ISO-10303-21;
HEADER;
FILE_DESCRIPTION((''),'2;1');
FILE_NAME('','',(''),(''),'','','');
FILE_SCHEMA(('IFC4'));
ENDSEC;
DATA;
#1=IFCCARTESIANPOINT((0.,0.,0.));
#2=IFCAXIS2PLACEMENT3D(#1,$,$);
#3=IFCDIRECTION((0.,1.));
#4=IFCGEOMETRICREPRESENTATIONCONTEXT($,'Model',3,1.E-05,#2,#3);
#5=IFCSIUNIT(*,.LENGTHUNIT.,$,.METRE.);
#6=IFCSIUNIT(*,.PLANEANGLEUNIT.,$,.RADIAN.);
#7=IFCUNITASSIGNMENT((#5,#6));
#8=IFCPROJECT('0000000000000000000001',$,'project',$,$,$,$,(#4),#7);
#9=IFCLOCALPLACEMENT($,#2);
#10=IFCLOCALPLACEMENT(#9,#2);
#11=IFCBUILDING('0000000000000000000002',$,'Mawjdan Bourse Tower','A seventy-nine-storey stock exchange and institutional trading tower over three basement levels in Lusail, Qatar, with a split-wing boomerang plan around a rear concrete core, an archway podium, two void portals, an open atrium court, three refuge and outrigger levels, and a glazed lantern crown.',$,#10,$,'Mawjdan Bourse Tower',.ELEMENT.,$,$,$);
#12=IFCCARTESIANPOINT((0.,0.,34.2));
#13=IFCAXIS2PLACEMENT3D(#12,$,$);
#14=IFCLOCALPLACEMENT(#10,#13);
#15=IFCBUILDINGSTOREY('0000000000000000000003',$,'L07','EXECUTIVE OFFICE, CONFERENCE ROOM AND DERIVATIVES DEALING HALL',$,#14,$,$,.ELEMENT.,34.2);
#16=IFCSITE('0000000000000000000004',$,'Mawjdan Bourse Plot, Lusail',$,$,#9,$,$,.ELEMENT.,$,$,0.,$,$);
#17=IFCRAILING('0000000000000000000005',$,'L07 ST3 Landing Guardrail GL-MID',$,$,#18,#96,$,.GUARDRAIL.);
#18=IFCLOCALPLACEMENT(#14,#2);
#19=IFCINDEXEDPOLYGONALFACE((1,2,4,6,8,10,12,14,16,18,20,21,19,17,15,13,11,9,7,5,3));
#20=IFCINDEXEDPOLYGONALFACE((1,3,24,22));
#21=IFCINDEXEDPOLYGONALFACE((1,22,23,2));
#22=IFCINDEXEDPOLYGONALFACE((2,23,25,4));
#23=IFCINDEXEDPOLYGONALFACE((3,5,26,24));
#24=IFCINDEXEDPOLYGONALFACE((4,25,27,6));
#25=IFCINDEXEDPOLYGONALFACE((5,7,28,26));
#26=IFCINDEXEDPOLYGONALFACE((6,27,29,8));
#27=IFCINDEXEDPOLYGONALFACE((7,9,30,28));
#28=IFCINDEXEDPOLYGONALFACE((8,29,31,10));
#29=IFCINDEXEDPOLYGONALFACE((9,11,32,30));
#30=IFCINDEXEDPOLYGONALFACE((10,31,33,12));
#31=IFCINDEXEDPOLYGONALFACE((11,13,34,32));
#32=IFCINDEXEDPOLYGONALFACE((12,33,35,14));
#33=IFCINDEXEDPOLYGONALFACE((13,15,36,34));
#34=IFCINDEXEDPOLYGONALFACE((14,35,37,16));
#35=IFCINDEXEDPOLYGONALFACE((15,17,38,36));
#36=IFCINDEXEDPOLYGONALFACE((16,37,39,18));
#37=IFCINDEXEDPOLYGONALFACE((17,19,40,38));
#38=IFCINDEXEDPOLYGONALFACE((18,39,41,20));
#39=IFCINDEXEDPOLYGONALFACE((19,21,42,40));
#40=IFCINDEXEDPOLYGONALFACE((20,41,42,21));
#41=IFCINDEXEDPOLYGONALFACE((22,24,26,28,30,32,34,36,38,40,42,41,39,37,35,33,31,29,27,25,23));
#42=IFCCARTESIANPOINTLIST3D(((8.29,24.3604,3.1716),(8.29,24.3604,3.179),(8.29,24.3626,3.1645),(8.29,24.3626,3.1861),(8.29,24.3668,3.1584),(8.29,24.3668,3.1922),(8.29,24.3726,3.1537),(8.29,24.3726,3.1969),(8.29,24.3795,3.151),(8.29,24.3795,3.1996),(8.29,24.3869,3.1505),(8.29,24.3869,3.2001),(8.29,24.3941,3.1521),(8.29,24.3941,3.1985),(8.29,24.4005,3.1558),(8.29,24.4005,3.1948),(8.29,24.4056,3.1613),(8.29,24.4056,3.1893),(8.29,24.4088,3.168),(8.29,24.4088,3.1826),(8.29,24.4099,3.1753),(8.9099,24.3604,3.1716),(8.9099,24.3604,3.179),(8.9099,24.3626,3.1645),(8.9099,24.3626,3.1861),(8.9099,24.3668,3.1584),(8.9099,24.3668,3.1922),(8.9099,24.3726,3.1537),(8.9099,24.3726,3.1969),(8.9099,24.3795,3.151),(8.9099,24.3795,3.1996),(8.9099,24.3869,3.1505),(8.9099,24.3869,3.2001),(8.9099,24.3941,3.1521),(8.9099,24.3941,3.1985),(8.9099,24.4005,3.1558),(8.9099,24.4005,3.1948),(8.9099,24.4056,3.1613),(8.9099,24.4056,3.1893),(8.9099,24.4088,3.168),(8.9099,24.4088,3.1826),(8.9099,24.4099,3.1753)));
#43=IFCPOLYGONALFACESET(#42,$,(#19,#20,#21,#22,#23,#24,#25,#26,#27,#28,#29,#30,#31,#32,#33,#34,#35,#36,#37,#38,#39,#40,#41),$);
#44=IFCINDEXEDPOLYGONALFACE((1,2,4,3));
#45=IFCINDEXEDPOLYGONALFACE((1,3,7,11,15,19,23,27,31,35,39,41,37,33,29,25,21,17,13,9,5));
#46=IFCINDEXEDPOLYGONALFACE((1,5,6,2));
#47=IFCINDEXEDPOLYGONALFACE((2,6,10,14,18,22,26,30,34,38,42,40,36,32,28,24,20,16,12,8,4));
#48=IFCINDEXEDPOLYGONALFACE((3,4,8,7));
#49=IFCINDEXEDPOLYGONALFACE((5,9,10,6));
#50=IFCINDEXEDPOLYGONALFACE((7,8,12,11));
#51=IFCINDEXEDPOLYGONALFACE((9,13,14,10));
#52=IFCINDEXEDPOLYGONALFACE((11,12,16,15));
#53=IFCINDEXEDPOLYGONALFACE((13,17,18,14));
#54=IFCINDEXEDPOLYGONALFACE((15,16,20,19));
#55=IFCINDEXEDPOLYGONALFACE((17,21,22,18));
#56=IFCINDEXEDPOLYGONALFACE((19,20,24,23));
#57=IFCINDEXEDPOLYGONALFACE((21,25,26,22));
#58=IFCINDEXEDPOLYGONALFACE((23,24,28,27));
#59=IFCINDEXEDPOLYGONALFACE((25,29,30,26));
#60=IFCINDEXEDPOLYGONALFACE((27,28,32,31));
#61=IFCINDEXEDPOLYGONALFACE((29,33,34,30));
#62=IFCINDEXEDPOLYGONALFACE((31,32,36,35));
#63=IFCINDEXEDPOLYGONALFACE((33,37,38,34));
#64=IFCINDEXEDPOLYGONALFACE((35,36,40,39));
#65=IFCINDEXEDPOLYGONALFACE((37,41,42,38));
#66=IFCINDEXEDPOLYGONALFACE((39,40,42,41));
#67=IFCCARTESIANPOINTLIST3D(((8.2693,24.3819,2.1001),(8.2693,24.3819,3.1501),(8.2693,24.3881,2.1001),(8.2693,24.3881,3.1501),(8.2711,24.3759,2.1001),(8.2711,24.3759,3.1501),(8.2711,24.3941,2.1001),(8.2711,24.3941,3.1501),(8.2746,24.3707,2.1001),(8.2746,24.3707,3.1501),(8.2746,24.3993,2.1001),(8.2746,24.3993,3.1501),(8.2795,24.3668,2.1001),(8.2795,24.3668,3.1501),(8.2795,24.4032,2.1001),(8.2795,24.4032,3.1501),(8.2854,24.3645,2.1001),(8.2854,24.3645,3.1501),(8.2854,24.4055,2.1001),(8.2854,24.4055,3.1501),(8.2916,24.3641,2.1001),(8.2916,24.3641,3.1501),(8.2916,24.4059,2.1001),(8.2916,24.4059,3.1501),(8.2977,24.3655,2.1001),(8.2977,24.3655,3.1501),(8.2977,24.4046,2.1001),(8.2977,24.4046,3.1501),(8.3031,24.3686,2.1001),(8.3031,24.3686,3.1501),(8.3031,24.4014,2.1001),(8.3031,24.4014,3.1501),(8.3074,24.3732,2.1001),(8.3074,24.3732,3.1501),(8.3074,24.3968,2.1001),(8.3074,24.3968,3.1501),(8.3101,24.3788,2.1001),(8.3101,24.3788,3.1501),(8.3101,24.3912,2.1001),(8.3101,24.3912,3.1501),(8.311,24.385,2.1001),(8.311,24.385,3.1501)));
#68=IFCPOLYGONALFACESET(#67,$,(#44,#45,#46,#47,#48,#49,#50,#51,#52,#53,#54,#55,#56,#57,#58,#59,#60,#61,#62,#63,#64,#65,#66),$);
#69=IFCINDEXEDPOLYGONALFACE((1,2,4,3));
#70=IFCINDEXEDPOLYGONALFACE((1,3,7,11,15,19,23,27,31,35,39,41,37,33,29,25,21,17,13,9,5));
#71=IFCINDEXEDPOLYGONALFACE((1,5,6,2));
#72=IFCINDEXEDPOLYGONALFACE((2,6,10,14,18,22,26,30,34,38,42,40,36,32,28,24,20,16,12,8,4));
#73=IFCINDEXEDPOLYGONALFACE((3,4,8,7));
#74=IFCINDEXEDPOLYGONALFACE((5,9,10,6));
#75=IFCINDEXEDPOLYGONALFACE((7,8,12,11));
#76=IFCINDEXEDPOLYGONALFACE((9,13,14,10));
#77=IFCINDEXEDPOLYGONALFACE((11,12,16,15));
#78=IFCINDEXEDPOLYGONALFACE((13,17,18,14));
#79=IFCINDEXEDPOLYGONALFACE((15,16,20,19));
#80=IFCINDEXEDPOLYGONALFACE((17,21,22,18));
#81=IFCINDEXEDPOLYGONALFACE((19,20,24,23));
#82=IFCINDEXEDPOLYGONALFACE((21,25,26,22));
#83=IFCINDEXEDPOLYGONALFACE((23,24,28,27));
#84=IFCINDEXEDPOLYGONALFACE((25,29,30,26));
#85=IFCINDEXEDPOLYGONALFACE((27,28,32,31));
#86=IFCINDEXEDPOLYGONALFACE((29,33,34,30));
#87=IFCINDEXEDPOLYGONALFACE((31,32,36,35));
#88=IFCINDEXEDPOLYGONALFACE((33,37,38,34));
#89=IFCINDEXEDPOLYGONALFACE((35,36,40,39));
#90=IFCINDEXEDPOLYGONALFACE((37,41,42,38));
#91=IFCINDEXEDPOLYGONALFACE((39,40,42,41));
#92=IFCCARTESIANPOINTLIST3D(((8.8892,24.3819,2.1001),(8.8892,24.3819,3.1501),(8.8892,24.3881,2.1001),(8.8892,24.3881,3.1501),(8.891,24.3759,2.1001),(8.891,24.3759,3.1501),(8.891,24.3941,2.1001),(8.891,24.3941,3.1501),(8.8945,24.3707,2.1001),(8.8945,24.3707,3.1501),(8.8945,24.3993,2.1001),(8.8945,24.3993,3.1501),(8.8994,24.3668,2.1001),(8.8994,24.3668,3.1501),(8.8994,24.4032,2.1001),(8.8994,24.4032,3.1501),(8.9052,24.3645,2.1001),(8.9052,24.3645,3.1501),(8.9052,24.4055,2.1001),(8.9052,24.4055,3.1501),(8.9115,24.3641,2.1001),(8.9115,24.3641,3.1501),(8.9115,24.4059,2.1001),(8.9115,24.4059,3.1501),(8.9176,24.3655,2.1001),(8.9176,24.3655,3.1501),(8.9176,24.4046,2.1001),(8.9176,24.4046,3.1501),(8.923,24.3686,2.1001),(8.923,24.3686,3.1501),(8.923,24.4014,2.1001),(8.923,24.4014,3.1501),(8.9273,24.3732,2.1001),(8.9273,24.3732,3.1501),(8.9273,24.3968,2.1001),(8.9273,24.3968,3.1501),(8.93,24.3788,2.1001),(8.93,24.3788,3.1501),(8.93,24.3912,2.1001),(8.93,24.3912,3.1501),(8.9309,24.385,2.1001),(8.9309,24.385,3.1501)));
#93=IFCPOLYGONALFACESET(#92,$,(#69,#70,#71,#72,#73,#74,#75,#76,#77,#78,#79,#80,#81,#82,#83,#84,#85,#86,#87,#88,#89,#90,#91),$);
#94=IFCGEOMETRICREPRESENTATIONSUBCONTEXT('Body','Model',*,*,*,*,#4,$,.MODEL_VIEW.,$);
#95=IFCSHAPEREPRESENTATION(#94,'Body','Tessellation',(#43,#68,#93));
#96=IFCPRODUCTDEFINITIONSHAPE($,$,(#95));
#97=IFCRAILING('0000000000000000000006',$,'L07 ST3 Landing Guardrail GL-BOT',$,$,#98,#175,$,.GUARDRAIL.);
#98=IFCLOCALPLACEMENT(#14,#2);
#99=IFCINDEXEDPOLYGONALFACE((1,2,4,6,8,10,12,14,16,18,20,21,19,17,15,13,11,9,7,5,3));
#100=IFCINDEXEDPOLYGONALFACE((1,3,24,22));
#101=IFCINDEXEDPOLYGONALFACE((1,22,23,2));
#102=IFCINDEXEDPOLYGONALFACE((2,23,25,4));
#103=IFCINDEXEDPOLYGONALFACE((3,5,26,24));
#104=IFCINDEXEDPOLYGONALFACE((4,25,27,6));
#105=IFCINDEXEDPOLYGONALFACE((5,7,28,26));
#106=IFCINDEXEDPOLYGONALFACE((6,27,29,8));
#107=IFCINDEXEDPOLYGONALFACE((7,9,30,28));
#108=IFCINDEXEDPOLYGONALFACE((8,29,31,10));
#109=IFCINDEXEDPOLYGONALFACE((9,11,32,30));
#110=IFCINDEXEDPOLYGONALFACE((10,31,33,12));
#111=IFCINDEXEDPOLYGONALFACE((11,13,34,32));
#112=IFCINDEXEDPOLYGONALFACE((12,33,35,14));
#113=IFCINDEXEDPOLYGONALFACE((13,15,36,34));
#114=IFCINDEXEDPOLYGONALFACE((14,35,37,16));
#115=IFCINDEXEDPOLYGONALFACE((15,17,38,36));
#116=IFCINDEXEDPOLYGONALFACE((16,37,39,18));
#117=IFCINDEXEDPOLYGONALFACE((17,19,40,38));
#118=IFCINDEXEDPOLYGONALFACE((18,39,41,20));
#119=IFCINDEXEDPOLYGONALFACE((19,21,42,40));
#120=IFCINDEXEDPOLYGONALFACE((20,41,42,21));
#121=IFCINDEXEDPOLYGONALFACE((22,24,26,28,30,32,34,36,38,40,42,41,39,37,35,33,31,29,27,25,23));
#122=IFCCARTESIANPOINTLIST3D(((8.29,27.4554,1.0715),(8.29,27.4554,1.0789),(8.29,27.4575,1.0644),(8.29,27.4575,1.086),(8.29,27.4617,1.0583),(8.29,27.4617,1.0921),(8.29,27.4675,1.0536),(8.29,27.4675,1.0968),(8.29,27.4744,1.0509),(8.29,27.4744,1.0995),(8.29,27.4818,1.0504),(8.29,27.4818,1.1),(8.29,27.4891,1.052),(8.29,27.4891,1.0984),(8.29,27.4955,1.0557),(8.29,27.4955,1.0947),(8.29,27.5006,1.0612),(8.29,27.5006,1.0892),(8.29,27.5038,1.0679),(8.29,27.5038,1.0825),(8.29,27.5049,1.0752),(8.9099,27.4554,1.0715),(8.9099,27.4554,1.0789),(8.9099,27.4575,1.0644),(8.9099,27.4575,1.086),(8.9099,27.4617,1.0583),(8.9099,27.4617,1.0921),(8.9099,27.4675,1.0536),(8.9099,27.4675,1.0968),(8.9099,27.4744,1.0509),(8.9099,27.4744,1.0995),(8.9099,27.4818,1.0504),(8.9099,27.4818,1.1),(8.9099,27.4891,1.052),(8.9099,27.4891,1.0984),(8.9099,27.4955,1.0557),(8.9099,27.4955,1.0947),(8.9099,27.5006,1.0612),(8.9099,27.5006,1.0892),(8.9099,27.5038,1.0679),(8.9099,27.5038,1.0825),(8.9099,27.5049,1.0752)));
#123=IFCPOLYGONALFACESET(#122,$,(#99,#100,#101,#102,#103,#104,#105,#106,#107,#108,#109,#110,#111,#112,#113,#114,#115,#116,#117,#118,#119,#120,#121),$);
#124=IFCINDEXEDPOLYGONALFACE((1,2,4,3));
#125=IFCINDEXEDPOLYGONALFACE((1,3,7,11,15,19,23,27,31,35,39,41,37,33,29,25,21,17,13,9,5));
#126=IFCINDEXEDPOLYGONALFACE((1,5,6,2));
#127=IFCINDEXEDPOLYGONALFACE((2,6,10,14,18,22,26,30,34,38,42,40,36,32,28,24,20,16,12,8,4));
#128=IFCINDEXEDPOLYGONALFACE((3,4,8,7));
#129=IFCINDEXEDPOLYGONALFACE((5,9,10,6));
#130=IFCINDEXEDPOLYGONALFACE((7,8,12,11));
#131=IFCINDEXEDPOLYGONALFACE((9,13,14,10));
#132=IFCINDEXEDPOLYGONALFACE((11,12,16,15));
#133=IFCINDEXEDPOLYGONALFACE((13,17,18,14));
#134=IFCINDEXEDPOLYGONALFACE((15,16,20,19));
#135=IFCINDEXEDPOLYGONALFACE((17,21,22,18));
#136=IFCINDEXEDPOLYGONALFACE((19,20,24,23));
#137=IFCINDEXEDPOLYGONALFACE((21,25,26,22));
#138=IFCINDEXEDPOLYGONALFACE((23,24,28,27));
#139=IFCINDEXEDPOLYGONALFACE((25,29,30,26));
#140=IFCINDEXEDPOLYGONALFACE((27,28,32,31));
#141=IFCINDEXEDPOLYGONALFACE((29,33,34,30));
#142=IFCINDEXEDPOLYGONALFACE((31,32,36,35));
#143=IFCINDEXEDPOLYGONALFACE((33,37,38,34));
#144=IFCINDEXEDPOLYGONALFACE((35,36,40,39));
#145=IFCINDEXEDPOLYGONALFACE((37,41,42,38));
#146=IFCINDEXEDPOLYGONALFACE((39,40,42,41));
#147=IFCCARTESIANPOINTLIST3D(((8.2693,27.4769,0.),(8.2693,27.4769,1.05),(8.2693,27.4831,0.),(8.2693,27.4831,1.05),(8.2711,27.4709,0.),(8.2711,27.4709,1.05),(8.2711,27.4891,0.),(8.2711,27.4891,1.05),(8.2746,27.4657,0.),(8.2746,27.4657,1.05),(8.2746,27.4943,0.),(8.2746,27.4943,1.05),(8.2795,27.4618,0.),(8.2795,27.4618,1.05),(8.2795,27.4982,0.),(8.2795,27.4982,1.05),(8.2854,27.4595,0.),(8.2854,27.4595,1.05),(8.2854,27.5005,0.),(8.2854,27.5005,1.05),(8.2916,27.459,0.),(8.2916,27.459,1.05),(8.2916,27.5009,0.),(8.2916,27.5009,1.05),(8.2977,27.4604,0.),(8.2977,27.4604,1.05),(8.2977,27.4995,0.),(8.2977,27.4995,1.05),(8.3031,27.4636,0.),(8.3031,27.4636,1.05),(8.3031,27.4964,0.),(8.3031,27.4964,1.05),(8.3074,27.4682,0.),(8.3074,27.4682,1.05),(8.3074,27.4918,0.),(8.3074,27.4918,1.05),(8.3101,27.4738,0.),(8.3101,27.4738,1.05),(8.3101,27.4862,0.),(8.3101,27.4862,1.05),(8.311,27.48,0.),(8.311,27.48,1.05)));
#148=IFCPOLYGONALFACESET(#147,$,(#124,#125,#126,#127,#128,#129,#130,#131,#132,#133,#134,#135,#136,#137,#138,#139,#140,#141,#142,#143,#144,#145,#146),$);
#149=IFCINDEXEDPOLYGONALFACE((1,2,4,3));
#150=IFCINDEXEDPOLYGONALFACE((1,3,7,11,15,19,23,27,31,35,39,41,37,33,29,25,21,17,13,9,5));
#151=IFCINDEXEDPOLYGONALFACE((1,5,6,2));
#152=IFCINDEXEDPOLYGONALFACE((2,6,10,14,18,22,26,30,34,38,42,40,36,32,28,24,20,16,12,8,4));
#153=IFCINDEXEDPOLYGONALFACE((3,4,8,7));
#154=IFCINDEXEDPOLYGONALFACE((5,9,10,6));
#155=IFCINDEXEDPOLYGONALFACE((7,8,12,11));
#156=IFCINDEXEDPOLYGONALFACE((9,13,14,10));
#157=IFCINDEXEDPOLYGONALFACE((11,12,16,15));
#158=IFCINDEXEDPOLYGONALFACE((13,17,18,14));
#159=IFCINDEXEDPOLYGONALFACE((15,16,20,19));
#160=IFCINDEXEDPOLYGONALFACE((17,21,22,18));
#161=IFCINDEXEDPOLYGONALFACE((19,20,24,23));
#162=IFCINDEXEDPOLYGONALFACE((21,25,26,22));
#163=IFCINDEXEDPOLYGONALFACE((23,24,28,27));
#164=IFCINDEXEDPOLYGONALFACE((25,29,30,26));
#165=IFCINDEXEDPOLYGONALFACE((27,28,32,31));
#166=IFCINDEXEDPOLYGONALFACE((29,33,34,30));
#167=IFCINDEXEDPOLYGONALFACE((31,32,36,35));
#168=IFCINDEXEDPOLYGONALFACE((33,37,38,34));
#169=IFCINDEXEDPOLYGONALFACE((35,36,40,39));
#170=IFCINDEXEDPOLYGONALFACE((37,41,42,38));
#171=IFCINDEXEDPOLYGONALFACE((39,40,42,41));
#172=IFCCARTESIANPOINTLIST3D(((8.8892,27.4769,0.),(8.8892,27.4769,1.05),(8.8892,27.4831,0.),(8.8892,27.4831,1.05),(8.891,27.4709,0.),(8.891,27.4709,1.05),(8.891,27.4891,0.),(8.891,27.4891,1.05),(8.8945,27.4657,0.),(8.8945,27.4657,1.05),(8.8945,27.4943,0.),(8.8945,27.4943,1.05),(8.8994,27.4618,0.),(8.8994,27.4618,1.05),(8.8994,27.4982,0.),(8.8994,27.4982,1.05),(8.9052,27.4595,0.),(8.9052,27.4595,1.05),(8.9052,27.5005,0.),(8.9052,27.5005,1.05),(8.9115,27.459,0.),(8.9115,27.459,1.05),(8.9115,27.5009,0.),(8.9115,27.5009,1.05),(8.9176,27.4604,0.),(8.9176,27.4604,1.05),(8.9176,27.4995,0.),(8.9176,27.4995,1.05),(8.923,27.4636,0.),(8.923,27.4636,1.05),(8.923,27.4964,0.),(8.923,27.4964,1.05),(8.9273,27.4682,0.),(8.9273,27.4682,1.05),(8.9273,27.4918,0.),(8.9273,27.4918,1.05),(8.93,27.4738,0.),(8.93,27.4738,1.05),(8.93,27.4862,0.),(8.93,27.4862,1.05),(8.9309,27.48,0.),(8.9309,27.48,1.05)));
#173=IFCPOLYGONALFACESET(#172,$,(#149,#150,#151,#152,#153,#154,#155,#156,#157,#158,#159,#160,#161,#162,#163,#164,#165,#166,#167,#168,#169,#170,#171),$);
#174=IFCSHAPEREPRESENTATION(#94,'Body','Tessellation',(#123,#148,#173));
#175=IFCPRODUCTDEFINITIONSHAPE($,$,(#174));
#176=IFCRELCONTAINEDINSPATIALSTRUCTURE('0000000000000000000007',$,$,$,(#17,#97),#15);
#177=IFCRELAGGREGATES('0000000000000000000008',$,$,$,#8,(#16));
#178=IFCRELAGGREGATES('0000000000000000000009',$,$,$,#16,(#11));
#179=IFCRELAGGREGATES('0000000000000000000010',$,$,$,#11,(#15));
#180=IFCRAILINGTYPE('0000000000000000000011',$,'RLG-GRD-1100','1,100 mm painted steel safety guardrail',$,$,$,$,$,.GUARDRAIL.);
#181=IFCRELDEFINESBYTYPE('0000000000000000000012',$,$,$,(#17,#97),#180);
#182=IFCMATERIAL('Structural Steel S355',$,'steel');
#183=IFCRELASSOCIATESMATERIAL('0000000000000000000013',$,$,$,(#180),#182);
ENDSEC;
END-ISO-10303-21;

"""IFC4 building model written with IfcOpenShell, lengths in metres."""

from ifc_helpers import new_model, si_unit, direction, frame, origin, origin_2d, place, context, subcontext, project, spatial, circle, extrude, material, type_object, element, save


model = new_model("IFC4")

# Units and contexts
model_context = context("Model", 3, precision=1e-05, world=origin(), true_north=direction((0.0, 1.0)))
body_context = subcontext(model_context, "Body", "Model", "MODEL_VIEW")
ifc_project = project(units=[si_unit("LENGTHUNIT", "METRE"), si_unit("PLANEANGLEUNIT", "RADIAN")], contexts=[model_context])

# Site, building, storey
site_placement = place(None, origin())
site = spatial("IfcSite", under=ifc_project, at=site_placement, Name="Mawjdan Bourse Plot, Lusail", CompositionType="ELEMENT", RefElevation=0.0)
building_placement = place(site_placement, origin())
building = spatial("IfcBuilding", under=site, at=building_placement, Name="Mawjdan Bourse Tower", Description="A seventy-nine-storey stock exchange and institutional trading tower over three basement levels in Lusail, Qatar, with a split-wing boomerang plan around a rear concrete core, an archway podium, two void portals, an open atrium court, three refuge and outrigger levels, and a glazed lantern crown.", LongName="Mawjdan Bourse Tower", CompositionType="ELEMENT")
storey_placement = place(building_placement, frame((0.0, 0.0, 34.2)))
storey = spatial("IfcBuildingStorey", under=building, at=storey_placement, Name="L07", Description="EXECUTIVE OFFICE, CONFERENCE ROOM AND DERIVATIVES DEALING HALL", CompositionType="ELEMENT", Elevation=34.2)

# Shared definitions
ifc_material_1 = material(Name="Structural Steel S355", Category="steel")

# Railings
railing_type_1 = type_object("IfcRailingType", Name="RLG-GRD-1100", Description="1,100 mm painted steel safety guardrail", PredefinedType="GUARDRAIL", material=ifc_material_1)
for number, where, name in (
    (1, (8.29, 24.385, 2.1001), "L07 ST3 Landing Guardrail GL-MID"),
    (2, (8.29, 27.48, 0.0), "L07 ST3 Landing Guardrail GL-BOT"),
):
    element("IfcRailing", number, at=place(storey_placement, frame(where)), inside=storey, type_object=railing_type_1, Name=name, PredefinedType="GUARDRAIL", context=body_context, shape_type="SweptSolid", body=[
        extrude(circle(Radius=0.0249, at=origin_2d()), frame((0.0, 0.0, 1.0752), z_axis=(1.0, 0.0, 0.0), x_axis=(0.0, 1.0, 0.0)), (0.0, 0.0, 1.0), 0.6199),
        extrude(circle(Radius=0.021, at=origin_2d()), origin(), (0.0, 0.0, 1.0), 1.05),
        extrude(circle(Radius=0.021, at=origin_2d()), frame((0.6199, 0.0, 0.0)), (0.0, 0.0, 1.0), 1.05),
    ])

save(model, "model.ifc")
